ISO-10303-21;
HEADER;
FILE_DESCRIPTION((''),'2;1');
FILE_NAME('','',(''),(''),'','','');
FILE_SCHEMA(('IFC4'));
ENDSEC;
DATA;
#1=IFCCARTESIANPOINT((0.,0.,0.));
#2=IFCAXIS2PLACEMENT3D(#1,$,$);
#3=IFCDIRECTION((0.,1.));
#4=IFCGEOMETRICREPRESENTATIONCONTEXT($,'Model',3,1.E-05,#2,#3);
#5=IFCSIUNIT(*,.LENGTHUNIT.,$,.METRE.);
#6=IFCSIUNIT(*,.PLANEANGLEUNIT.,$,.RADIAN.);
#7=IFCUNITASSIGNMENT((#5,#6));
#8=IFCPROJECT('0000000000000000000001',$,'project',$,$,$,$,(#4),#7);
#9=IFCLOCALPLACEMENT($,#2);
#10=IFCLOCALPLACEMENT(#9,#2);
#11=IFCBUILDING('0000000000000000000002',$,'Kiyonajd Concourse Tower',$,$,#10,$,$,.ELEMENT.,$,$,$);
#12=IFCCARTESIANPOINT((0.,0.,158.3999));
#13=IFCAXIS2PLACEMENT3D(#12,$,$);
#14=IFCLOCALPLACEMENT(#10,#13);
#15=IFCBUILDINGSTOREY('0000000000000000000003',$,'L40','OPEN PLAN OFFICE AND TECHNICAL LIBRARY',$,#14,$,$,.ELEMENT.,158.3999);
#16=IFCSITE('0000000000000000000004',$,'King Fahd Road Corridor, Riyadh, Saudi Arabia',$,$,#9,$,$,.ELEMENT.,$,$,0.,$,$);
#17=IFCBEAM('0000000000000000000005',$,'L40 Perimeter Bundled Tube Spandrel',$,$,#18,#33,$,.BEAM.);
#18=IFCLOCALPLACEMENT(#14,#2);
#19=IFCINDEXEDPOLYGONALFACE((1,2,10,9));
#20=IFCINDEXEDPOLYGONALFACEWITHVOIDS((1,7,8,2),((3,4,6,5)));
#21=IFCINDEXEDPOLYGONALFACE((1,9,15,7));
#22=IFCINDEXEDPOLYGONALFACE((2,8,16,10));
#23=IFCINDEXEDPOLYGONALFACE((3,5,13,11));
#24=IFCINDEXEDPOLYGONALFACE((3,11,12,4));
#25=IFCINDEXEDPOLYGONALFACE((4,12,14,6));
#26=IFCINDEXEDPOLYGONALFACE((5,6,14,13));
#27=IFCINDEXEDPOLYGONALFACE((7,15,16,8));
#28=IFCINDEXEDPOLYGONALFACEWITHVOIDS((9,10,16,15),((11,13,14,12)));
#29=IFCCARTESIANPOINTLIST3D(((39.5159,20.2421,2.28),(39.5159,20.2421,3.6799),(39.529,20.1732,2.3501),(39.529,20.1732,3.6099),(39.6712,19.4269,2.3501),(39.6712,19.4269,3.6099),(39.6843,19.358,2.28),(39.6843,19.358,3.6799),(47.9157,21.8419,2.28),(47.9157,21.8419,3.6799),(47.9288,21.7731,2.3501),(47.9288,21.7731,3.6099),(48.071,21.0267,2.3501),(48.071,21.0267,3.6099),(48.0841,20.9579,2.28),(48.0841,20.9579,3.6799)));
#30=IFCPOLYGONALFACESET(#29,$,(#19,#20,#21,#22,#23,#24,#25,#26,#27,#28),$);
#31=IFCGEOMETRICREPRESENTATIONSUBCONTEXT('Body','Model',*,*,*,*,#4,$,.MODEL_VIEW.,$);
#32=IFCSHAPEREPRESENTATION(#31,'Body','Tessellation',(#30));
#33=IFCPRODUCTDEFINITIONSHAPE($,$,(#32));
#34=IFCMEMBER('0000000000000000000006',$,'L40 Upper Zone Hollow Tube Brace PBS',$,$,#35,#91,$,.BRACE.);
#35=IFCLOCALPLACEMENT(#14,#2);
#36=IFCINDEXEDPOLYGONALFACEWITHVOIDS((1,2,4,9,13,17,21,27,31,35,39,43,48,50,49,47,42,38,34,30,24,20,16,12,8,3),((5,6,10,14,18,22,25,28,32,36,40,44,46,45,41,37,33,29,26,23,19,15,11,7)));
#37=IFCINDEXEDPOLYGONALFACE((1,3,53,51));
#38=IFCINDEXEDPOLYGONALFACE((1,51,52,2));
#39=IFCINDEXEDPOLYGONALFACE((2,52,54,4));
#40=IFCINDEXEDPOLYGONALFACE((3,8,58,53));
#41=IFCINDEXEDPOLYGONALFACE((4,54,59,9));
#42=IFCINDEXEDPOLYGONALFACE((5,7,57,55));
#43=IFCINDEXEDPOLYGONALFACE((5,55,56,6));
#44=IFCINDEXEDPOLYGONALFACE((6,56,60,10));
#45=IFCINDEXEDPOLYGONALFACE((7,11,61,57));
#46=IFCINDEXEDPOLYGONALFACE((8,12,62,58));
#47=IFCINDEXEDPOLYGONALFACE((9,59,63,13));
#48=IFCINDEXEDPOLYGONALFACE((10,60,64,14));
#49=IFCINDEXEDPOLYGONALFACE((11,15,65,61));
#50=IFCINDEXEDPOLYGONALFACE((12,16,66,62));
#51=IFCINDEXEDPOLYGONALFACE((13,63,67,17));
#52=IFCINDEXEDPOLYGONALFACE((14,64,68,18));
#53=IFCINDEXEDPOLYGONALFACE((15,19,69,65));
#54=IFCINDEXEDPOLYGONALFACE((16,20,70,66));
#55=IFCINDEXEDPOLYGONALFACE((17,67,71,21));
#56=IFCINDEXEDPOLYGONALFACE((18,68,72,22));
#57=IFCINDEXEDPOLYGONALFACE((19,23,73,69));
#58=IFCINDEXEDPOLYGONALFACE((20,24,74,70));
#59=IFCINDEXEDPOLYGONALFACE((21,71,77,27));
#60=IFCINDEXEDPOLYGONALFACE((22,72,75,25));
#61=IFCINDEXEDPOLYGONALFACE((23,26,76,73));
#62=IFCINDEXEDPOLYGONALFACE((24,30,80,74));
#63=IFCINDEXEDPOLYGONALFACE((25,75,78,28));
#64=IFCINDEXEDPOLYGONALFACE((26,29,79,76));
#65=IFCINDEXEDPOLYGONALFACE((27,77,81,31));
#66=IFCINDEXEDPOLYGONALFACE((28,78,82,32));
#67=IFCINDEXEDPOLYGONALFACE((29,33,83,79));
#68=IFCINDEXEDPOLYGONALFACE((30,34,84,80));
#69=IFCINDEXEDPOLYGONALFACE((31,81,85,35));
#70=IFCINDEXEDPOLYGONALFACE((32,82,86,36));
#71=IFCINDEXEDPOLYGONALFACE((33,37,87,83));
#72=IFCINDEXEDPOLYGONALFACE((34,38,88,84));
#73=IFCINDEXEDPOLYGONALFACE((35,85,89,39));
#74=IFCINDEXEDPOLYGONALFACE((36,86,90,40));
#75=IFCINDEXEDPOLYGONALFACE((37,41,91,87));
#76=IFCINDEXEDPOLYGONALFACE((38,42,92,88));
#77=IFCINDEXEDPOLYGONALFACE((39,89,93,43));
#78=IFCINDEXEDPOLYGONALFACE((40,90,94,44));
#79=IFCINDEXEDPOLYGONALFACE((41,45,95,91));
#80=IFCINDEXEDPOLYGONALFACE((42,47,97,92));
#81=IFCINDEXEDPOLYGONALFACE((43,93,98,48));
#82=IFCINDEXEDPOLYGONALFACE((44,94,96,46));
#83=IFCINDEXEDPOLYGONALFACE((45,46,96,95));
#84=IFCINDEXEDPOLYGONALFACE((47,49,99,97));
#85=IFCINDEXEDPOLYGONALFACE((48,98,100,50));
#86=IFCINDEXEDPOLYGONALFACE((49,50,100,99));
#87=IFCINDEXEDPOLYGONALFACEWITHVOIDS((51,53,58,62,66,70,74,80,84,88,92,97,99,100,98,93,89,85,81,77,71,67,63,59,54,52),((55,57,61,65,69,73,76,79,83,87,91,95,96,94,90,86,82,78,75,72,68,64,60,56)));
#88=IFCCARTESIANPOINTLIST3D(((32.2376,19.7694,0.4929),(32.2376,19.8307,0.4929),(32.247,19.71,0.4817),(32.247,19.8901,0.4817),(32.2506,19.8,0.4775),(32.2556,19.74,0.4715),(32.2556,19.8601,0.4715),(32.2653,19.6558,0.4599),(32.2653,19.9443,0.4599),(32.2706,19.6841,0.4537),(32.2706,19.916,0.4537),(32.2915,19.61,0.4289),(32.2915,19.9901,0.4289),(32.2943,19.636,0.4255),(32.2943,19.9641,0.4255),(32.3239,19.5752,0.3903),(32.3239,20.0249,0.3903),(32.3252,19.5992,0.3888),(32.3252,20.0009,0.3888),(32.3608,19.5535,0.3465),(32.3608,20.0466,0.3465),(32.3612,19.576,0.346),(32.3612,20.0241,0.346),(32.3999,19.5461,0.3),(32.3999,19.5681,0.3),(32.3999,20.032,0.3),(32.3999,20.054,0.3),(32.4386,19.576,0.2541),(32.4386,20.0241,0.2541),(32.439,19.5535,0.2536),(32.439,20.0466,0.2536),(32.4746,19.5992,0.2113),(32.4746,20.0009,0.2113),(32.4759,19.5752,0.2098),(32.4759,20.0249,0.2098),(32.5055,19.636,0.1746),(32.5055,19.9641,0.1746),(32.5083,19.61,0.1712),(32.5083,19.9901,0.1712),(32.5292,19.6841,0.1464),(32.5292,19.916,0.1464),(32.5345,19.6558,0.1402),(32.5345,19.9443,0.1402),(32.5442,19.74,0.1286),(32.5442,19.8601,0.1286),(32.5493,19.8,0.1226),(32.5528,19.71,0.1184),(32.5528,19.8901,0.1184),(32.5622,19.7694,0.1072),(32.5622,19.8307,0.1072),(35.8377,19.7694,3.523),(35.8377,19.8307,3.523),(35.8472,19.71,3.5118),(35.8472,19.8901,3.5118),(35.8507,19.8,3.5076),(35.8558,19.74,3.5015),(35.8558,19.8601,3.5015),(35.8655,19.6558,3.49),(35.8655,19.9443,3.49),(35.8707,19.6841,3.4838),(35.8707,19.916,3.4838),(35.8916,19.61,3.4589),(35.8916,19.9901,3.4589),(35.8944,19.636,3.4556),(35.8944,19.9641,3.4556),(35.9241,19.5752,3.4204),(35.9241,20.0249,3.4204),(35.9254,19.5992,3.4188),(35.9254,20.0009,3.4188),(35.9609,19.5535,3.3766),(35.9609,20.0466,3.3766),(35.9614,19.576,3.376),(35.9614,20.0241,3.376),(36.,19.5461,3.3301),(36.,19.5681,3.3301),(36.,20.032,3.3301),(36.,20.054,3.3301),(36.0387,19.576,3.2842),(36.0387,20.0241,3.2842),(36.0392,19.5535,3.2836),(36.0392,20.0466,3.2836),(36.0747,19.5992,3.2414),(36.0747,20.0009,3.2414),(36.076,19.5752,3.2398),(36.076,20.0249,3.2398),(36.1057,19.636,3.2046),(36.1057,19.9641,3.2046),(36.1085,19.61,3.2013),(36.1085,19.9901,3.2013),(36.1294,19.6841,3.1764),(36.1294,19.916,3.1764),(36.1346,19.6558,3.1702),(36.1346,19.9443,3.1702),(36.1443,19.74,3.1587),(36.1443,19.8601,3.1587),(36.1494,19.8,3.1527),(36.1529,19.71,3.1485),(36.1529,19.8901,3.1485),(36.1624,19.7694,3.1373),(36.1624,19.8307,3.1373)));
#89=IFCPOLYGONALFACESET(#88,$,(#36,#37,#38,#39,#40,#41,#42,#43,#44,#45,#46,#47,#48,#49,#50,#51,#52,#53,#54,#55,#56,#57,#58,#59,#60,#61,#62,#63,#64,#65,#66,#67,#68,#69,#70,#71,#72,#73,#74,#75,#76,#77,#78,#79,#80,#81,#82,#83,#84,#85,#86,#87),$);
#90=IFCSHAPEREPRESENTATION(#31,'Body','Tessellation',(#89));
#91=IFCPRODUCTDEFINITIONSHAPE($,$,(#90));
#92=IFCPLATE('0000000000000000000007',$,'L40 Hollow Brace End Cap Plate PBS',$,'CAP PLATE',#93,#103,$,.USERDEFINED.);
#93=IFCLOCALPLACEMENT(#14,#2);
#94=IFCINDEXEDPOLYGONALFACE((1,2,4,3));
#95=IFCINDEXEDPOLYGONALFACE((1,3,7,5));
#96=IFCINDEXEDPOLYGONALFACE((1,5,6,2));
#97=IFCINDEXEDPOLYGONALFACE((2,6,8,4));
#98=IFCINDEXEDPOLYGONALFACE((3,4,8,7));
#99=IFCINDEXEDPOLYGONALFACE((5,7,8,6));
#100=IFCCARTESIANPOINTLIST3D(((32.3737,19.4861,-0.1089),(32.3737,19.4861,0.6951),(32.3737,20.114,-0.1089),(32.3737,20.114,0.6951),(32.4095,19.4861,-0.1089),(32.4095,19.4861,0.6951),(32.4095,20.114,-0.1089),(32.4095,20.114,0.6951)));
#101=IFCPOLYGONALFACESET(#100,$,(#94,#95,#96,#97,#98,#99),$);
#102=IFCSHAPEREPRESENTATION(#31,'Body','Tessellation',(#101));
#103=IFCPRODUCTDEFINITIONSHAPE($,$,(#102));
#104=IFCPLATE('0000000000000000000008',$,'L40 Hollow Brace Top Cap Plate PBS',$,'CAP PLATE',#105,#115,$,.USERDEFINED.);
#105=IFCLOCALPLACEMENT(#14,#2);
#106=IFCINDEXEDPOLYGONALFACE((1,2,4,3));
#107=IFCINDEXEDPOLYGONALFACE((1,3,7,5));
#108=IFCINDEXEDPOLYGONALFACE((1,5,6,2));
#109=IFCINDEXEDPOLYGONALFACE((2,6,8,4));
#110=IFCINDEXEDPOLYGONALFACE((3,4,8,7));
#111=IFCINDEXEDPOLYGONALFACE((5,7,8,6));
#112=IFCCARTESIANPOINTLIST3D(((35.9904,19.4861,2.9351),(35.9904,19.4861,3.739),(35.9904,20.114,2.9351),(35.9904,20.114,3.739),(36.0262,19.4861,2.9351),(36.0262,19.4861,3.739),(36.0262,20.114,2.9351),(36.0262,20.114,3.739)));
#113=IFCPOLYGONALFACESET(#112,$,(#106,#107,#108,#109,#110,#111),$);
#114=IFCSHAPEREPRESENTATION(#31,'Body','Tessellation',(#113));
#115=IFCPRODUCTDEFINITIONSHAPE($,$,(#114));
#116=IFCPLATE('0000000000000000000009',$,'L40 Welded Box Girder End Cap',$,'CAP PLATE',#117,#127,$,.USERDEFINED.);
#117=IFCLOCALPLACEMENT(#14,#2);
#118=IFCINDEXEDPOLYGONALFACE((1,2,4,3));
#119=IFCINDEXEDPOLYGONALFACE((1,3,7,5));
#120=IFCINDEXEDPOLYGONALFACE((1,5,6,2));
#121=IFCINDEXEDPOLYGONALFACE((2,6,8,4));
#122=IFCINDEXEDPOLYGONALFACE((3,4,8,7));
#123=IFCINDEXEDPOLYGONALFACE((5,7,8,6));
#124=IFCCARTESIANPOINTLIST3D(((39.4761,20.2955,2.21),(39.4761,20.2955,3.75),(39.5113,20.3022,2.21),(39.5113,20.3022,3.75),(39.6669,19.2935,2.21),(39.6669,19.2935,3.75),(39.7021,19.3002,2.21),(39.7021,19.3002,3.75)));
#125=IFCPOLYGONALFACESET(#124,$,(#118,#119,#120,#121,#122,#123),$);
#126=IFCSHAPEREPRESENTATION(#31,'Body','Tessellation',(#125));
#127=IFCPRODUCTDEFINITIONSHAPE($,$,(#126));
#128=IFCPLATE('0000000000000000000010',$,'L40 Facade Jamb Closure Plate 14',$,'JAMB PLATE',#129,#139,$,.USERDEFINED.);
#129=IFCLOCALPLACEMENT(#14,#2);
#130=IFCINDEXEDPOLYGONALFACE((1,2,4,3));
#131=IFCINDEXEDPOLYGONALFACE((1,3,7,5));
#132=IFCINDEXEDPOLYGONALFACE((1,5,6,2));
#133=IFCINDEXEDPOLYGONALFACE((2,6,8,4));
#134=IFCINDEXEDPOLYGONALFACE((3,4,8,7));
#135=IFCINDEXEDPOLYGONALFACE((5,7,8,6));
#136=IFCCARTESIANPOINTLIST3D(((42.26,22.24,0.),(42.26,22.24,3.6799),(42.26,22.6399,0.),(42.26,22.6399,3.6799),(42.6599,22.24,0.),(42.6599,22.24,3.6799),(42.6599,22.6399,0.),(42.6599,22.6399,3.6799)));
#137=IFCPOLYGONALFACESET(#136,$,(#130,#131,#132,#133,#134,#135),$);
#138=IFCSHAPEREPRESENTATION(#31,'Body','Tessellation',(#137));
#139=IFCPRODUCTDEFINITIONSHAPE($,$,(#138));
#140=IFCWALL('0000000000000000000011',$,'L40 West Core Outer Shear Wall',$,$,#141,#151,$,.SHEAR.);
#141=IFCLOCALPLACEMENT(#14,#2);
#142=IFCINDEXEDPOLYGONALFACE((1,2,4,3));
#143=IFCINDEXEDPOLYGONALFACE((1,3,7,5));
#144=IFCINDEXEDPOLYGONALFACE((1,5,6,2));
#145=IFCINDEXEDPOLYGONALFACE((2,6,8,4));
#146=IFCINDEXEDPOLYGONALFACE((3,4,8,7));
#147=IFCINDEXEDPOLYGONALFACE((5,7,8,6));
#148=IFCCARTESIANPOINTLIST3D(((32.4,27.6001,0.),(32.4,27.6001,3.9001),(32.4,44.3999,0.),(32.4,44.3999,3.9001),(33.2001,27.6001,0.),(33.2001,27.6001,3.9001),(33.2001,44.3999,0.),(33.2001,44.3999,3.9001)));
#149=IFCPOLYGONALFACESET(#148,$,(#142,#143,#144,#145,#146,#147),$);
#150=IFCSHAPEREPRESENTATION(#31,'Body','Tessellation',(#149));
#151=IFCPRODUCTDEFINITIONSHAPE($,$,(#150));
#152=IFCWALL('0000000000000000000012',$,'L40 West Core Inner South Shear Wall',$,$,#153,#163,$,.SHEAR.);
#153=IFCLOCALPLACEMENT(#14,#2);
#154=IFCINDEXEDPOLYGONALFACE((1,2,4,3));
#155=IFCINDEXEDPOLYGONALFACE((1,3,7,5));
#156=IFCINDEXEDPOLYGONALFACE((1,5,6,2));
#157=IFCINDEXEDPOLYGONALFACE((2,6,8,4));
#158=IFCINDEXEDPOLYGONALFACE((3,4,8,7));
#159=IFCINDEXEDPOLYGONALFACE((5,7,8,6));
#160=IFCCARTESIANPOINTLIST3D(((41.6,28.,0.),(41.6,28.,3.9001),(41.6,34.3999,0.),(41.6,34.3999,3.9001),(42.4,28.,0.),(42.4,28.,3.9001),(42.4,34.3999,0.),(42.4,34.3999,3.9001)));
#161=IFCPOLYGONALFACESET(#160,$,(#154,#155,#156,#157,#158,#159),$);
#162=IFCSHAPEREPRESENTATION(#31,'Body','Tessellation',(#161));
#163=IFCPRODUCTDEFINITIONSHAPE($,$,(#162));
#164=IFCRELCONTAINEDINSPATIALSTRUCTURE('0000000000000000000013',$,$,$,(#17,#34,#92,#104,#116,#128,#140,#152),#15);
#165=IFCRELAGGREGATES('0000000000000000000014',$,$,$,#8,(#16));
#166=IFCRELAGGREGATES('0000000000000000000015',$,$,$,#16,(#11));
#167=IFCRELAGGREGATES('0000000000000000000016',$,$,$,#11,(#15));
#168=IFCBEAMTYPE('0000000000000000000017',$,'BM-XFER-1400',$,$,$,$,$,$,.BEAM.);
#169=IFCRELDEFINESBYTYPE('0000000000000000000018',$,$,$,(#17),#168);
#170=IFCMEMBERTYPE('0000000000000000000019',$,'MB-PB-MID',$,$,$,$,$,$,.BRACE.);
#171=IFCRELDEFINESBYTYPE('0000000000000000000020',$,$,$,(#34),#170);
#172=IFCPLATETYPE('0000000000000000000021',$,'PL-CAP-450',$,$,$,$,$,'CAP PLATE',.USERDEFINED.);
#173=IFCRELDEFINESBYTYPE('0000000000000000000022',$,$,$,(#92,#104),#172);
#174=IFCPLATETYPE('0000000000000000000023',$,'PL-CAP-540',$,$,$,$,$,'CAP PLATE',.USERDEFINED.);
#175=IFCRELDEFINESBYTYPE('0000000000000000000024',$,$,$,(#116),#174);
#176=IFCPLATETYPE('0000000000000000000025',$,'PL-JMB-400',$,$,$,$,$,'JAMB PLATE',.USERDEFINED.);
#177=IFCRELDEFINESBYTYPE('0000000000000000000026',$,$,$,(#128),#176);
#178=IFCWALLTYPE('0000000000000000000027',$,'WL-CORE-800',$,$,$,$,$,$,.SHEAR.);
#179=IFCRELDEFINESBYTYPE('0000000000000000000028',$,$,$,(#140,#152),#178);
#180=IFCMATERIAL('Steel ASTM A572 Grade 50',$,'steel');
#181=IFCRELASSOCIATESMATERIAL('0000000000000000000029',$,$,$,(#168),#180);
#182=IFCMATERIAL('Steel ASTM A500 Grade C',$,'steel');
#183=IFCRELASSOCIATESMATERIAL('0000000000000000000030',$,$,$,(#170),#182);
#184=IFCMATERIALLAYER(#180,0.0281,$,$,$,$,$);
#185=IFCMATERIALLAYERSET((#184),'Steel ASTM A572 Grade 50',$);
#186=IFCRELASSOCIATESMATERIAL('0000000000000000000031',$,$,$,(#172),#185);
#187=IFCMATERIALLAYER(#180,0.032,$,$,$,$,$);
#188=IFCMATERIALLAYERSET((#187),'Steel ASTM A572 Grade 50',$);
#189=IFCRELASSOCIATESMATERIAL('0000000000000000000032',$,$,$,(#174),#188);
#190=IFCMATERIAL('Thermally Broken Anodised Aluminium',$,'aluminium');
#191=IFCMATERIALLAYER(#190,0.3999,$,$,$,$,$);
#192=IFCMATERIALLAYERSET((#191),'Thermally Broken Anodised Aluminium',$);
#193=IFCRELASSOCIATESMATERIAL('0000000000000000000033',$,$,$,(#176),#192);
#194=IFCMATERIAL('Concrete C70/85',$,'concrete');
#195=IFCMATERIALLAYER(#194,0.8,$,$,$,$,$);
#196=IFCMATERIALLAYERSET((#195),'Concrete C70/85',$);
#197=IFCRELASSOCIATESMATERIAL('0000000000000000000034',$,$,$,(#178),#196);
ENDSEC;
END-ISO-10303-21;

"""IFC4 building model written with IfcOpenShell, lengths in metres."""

from ifc_helpers import new_model, si_unit, direction, frame, frame_2d, origin, origin_2d, place, context, subcontext, project, spatial, rectangle, hollow_rectangle, hollow_circle, extrude, material, layer, layer_set, material_profile, profile_set, type_object, element, save


model = new_model("IFC4")

# Units and contexts
model_context = context("Model", 3, precision=1e-05, world=origin(), true_north=direction((0.0, 1.0)))
body_context = subcontext(model_context, "Body", "Model", "MODEL_VIEW")
ifc_project = project(units=[si_unit("LENGTHUNIT", "METRE"), si_unit("PLANEANGLEUNIT", "RADIAN")], contexts=[model_context])

# Site, building, storey
site_placement = place(None, origin())
site = spatial("IfcSite", under=ifc_project, at=site_placement, Name="King Fahd Road Corridor, Riyadh, Saudi Arabia", CompositionType="ELEMENT", RefElevation=0.0)
building_placement = place(site_placement, origin())
building = spatial("IfcBuilding", under=site, at=building_placement, Name="Kiyonajd Concourse Tower", CompositionType="ELEMENT")
storey_placement = place(building_placement, frame((0.0, 0.0, 158.3999)))
storey = spatial("IfcBuildingStorey", under=building, at=storey_placement, Name="L40", Description="OPEN PLAN OFFICE AND TECHNICAL LIBRARY", CompositionType="ELEMENT", Elevation=158.3999)

# Shared definitions
ifc_material_1 = material(Name="Concrete C70/85", Category="concrete")

# Beam
ifc_material_2 = material(Name="Steel ASTM A572 Grade 50", Category="steel")
ifc_material_profile_1 = material_profile(ifc_material_2, hollow_rectangle(XDim=0.8999, YDim=1.3999, WallThickness=0.0701, at=origin_2d()), Name="BOX-1400x900x70")
ifc_profile_set_1 = profile_set([ifc_material_profile_1], Name="Steel ASTM A572 Grade 50")
beam_type_1 = type_object("IfcBeamType", Name="BM-XFER-1400", PredefinedType="BEAM", material=ifc_profile_set_1)
beam_1_placement = place(storey_placement, frame((39.6001, 19.8, 2.98), z_axis=(0.982341, 0.187098, 0.0), x_axis=(-0.187098, 0.982341, 0.0)))
element("IfcBeam", 1, at=beam_1_placement, inside=storey, type_object=beam_type_1, Name="L40 Perimeter Bundled Tube Spandrel", PredefinedType="BEAM", context=body_context, shape_type="SweptSolid", body=[
    extrude(hollow_rectangle(XDim=0.8999, YDim=1.3999, WallThickness=0.0701, at=origin_2d()), origin(), (0.0, 0.0, 1.0), 8.5508),
])

# Member
ifc_material_3 = material(Name="Steel ASTM A500 Grade C", Category="steel")
ifc_material_profile_2 = material_profile(ifc_material_3, hollow_circle(Radius=0.2539, WallThickness=0.022, at=origin_2d()), Name="CHS-508x22")
ifc_profile_set_2 = profile_set([ifc_material_profile_2], Name="Steel ASTM A500 Grade C")
member_type = type_object("IfcMemberType", Name="MB-PB-MID", PredefinedType="BRACE", material=ifc_profile_set_2)
member_placement = place(storey_placement, frame((32.3999, 19.8, 0.3), z_axis=(0.765082, 0.0, 0.643933), x_axis=(0.0, 1.0, 0.0)))
element("IfcMember", 2, at=member_placement, inside=storey, type_object=member_type, Name="L40 Upper Zone Hollow Tube Brace PBS", PredefinedType="BRACE", context=body_context, shape_type="SweptSolid", body=[
    extrude(hollow_circle(Radius=0.2539, WallThickness=0.022, at=origin_2d()), origin(), (0.0, 0.0, 1.0), 4.7056),
])

# Plates
ifc_layer_1 = layer(ifc_material_2, 0.0281)
ifc_layer_set_1 = layer_set([ifc_layer_1], Name="Steel ASTM A572 Grade 50")
plate_type_1 = type_object("IfcPlateType", Name="PL-CAP-450", ElementType="CAP PLATE", PredefinedType="USERDEFINED", material=ifc_layer_set_1)
for number, where, z_axis, x_axis, name in (
    (3, (32.3916, 19.8, -0.1089), (0.0, 0.0, 1.0), (-1.0, 0.0, 0.0), "L40 Hollow Brace End Cap Plate PBS"),
    (4, (36.0083, 19.8, 2.9351), (0.0, 0.0, 1.0), (1.0, 0.0, 0.0), "L40 Hollow Brace Top Cap Plate PBS"),
):
    element("IfcPlate", number, at=place(storey_placement, frame(where, z_axis=z_axis, x_axis=x_axis)), inside=storey, type_object=plate_type_1, Name=name, ObjectType="CAP PLATE", PredefinedType="USERDEFINED", context=body_context, shape_type="SweptSolid", body=[
        extrude(rectangle(XDim=0.0359, YDim=0.6279, at=origin_2d()), origin(), (0.0, 0.0, 1.0), 0.804),
    ])
ifc_layer_2 = layer(ifc_material_2, 0.032)
ifc_layer_set_2 = layer_set([ifc_layer_2], Name="Steel ASTM A572 Grade 50")
plate_type_2 = type_object("IfcPlateType", Name="PL-CAP-540", ElementType="CAP PLATE", PredefinedType="USERDEFINED", material=ifc_layer_set_2)
plate_1_placement = place(storey_placement, frame((39.5891, 19.7979, 2.21), z_axis=(0.0, 0.0, 1.0), x_axis=(-0.982353, -0.187038, 0.0)))
element("IfcPlate", 5, at=plate_1_placement, inside=storey, type_object=plate_type_2, Name="L40 Welded Box Girder End Cap", ObjectType="CAP PLATE", PredefinedType="USERDEFINED", context=body_context, shape_type="SweptSolid", body=[
    extrude(rectangle(XDim=0.0359, YDim=1.02, at=origin_2d()), origin(), (0.0, 0.0, 1.0), 1.54),
])
ifc_material_4 = material(Name="Thermally Broken Anodised Aluminium", Category="aluminium")
ifc_layer_3 = layer(ifc_material_4, 0.3999)
ifc_layer_set_3 = layer_set([ifc_layer_3], Name="Thermally Broken Anodised Aluminium")
plate_type_3 = type_object("IfcPlateType", Name="PL-JMB-400", ElementType="JAMB PLATE", PredefinedType="USERDEFINED", material=ifc_layer_set_3)
plate_2_placement = place(storey_placement, frame((42.46, 22.4399, 0.0), z_axis=(0.0, 0.0, 1.0), x_axis=(1.0, 0.0, 0.0)))
element("IfcPlate", 6, at=plate_2_placement, inside=storey, type_object=plate_type_3, Name="L40 Facade Jamb Closure Plate 14", ObjectType="JAMB PLATE", PredefinedType="USERDEFINED", context=body_context, shape_type="SweptSolid", body=[
    extrude(rectangle(XDim=0.3999, YDim=0.3999, at=origin_2d()), origin(), (0.0, 0.0, 1.0), 3.6799),
])

# Walls
ifc_layer_4 = layer(ifc_material_1, 0.8)
ifc_layer_set_4 = layer_set([ifc_layer_4], Name="Concrete C70/85")
wall_type_1 = type_object("IfcWallType", Name="WL-CORE-800", PredefinedType="SHEAR", material=ifc_layer_set_4)
wall_1_placement = place(storey_placement, frame((32.8, 27.6001, 0.0), z_axis=(0.0, 0.0, 1.0), x_axis=(0.0, 1.0, 0.0)))
element("IfcWall", 7, at=wall_1_placement, inside=storey, type_object=wall_type_1, Name="L40 West Core Outer Shear Wall", PredefinedType="SHEAR", context=body_context, shape_type="SweptSolid", body=[
    extrude(rectangle(XDim=16.7998, YDim=0.8, at=frame_2d((8.3999, 0.0))), origin(), (0.0, 0.0, 1.0), 3.9001),
])
wall_2_placement = place(storey_placement, frame((42.0, 28.0, 0.0), z_axis=(0.0, 0.0, 1.0), x_axis=(0.0, 1.0, 0.0)))
element("IfcWall", 8, at=wall_2_placement, inside=storey, type_object=wall_type_1, Name="L40 West Core Inner South Shear Wall", PredefinedType="SHEAR", context=body_context, shape_type="SweptSolid", body=[
    extrude(rectangle(XDim=6.3999, YDim=0.8, at=frame_2d((3.2, 0.0))), origin(), (0.0, 0.0, 1.0), 3.9001),
])

save(model, "model.ifc")
